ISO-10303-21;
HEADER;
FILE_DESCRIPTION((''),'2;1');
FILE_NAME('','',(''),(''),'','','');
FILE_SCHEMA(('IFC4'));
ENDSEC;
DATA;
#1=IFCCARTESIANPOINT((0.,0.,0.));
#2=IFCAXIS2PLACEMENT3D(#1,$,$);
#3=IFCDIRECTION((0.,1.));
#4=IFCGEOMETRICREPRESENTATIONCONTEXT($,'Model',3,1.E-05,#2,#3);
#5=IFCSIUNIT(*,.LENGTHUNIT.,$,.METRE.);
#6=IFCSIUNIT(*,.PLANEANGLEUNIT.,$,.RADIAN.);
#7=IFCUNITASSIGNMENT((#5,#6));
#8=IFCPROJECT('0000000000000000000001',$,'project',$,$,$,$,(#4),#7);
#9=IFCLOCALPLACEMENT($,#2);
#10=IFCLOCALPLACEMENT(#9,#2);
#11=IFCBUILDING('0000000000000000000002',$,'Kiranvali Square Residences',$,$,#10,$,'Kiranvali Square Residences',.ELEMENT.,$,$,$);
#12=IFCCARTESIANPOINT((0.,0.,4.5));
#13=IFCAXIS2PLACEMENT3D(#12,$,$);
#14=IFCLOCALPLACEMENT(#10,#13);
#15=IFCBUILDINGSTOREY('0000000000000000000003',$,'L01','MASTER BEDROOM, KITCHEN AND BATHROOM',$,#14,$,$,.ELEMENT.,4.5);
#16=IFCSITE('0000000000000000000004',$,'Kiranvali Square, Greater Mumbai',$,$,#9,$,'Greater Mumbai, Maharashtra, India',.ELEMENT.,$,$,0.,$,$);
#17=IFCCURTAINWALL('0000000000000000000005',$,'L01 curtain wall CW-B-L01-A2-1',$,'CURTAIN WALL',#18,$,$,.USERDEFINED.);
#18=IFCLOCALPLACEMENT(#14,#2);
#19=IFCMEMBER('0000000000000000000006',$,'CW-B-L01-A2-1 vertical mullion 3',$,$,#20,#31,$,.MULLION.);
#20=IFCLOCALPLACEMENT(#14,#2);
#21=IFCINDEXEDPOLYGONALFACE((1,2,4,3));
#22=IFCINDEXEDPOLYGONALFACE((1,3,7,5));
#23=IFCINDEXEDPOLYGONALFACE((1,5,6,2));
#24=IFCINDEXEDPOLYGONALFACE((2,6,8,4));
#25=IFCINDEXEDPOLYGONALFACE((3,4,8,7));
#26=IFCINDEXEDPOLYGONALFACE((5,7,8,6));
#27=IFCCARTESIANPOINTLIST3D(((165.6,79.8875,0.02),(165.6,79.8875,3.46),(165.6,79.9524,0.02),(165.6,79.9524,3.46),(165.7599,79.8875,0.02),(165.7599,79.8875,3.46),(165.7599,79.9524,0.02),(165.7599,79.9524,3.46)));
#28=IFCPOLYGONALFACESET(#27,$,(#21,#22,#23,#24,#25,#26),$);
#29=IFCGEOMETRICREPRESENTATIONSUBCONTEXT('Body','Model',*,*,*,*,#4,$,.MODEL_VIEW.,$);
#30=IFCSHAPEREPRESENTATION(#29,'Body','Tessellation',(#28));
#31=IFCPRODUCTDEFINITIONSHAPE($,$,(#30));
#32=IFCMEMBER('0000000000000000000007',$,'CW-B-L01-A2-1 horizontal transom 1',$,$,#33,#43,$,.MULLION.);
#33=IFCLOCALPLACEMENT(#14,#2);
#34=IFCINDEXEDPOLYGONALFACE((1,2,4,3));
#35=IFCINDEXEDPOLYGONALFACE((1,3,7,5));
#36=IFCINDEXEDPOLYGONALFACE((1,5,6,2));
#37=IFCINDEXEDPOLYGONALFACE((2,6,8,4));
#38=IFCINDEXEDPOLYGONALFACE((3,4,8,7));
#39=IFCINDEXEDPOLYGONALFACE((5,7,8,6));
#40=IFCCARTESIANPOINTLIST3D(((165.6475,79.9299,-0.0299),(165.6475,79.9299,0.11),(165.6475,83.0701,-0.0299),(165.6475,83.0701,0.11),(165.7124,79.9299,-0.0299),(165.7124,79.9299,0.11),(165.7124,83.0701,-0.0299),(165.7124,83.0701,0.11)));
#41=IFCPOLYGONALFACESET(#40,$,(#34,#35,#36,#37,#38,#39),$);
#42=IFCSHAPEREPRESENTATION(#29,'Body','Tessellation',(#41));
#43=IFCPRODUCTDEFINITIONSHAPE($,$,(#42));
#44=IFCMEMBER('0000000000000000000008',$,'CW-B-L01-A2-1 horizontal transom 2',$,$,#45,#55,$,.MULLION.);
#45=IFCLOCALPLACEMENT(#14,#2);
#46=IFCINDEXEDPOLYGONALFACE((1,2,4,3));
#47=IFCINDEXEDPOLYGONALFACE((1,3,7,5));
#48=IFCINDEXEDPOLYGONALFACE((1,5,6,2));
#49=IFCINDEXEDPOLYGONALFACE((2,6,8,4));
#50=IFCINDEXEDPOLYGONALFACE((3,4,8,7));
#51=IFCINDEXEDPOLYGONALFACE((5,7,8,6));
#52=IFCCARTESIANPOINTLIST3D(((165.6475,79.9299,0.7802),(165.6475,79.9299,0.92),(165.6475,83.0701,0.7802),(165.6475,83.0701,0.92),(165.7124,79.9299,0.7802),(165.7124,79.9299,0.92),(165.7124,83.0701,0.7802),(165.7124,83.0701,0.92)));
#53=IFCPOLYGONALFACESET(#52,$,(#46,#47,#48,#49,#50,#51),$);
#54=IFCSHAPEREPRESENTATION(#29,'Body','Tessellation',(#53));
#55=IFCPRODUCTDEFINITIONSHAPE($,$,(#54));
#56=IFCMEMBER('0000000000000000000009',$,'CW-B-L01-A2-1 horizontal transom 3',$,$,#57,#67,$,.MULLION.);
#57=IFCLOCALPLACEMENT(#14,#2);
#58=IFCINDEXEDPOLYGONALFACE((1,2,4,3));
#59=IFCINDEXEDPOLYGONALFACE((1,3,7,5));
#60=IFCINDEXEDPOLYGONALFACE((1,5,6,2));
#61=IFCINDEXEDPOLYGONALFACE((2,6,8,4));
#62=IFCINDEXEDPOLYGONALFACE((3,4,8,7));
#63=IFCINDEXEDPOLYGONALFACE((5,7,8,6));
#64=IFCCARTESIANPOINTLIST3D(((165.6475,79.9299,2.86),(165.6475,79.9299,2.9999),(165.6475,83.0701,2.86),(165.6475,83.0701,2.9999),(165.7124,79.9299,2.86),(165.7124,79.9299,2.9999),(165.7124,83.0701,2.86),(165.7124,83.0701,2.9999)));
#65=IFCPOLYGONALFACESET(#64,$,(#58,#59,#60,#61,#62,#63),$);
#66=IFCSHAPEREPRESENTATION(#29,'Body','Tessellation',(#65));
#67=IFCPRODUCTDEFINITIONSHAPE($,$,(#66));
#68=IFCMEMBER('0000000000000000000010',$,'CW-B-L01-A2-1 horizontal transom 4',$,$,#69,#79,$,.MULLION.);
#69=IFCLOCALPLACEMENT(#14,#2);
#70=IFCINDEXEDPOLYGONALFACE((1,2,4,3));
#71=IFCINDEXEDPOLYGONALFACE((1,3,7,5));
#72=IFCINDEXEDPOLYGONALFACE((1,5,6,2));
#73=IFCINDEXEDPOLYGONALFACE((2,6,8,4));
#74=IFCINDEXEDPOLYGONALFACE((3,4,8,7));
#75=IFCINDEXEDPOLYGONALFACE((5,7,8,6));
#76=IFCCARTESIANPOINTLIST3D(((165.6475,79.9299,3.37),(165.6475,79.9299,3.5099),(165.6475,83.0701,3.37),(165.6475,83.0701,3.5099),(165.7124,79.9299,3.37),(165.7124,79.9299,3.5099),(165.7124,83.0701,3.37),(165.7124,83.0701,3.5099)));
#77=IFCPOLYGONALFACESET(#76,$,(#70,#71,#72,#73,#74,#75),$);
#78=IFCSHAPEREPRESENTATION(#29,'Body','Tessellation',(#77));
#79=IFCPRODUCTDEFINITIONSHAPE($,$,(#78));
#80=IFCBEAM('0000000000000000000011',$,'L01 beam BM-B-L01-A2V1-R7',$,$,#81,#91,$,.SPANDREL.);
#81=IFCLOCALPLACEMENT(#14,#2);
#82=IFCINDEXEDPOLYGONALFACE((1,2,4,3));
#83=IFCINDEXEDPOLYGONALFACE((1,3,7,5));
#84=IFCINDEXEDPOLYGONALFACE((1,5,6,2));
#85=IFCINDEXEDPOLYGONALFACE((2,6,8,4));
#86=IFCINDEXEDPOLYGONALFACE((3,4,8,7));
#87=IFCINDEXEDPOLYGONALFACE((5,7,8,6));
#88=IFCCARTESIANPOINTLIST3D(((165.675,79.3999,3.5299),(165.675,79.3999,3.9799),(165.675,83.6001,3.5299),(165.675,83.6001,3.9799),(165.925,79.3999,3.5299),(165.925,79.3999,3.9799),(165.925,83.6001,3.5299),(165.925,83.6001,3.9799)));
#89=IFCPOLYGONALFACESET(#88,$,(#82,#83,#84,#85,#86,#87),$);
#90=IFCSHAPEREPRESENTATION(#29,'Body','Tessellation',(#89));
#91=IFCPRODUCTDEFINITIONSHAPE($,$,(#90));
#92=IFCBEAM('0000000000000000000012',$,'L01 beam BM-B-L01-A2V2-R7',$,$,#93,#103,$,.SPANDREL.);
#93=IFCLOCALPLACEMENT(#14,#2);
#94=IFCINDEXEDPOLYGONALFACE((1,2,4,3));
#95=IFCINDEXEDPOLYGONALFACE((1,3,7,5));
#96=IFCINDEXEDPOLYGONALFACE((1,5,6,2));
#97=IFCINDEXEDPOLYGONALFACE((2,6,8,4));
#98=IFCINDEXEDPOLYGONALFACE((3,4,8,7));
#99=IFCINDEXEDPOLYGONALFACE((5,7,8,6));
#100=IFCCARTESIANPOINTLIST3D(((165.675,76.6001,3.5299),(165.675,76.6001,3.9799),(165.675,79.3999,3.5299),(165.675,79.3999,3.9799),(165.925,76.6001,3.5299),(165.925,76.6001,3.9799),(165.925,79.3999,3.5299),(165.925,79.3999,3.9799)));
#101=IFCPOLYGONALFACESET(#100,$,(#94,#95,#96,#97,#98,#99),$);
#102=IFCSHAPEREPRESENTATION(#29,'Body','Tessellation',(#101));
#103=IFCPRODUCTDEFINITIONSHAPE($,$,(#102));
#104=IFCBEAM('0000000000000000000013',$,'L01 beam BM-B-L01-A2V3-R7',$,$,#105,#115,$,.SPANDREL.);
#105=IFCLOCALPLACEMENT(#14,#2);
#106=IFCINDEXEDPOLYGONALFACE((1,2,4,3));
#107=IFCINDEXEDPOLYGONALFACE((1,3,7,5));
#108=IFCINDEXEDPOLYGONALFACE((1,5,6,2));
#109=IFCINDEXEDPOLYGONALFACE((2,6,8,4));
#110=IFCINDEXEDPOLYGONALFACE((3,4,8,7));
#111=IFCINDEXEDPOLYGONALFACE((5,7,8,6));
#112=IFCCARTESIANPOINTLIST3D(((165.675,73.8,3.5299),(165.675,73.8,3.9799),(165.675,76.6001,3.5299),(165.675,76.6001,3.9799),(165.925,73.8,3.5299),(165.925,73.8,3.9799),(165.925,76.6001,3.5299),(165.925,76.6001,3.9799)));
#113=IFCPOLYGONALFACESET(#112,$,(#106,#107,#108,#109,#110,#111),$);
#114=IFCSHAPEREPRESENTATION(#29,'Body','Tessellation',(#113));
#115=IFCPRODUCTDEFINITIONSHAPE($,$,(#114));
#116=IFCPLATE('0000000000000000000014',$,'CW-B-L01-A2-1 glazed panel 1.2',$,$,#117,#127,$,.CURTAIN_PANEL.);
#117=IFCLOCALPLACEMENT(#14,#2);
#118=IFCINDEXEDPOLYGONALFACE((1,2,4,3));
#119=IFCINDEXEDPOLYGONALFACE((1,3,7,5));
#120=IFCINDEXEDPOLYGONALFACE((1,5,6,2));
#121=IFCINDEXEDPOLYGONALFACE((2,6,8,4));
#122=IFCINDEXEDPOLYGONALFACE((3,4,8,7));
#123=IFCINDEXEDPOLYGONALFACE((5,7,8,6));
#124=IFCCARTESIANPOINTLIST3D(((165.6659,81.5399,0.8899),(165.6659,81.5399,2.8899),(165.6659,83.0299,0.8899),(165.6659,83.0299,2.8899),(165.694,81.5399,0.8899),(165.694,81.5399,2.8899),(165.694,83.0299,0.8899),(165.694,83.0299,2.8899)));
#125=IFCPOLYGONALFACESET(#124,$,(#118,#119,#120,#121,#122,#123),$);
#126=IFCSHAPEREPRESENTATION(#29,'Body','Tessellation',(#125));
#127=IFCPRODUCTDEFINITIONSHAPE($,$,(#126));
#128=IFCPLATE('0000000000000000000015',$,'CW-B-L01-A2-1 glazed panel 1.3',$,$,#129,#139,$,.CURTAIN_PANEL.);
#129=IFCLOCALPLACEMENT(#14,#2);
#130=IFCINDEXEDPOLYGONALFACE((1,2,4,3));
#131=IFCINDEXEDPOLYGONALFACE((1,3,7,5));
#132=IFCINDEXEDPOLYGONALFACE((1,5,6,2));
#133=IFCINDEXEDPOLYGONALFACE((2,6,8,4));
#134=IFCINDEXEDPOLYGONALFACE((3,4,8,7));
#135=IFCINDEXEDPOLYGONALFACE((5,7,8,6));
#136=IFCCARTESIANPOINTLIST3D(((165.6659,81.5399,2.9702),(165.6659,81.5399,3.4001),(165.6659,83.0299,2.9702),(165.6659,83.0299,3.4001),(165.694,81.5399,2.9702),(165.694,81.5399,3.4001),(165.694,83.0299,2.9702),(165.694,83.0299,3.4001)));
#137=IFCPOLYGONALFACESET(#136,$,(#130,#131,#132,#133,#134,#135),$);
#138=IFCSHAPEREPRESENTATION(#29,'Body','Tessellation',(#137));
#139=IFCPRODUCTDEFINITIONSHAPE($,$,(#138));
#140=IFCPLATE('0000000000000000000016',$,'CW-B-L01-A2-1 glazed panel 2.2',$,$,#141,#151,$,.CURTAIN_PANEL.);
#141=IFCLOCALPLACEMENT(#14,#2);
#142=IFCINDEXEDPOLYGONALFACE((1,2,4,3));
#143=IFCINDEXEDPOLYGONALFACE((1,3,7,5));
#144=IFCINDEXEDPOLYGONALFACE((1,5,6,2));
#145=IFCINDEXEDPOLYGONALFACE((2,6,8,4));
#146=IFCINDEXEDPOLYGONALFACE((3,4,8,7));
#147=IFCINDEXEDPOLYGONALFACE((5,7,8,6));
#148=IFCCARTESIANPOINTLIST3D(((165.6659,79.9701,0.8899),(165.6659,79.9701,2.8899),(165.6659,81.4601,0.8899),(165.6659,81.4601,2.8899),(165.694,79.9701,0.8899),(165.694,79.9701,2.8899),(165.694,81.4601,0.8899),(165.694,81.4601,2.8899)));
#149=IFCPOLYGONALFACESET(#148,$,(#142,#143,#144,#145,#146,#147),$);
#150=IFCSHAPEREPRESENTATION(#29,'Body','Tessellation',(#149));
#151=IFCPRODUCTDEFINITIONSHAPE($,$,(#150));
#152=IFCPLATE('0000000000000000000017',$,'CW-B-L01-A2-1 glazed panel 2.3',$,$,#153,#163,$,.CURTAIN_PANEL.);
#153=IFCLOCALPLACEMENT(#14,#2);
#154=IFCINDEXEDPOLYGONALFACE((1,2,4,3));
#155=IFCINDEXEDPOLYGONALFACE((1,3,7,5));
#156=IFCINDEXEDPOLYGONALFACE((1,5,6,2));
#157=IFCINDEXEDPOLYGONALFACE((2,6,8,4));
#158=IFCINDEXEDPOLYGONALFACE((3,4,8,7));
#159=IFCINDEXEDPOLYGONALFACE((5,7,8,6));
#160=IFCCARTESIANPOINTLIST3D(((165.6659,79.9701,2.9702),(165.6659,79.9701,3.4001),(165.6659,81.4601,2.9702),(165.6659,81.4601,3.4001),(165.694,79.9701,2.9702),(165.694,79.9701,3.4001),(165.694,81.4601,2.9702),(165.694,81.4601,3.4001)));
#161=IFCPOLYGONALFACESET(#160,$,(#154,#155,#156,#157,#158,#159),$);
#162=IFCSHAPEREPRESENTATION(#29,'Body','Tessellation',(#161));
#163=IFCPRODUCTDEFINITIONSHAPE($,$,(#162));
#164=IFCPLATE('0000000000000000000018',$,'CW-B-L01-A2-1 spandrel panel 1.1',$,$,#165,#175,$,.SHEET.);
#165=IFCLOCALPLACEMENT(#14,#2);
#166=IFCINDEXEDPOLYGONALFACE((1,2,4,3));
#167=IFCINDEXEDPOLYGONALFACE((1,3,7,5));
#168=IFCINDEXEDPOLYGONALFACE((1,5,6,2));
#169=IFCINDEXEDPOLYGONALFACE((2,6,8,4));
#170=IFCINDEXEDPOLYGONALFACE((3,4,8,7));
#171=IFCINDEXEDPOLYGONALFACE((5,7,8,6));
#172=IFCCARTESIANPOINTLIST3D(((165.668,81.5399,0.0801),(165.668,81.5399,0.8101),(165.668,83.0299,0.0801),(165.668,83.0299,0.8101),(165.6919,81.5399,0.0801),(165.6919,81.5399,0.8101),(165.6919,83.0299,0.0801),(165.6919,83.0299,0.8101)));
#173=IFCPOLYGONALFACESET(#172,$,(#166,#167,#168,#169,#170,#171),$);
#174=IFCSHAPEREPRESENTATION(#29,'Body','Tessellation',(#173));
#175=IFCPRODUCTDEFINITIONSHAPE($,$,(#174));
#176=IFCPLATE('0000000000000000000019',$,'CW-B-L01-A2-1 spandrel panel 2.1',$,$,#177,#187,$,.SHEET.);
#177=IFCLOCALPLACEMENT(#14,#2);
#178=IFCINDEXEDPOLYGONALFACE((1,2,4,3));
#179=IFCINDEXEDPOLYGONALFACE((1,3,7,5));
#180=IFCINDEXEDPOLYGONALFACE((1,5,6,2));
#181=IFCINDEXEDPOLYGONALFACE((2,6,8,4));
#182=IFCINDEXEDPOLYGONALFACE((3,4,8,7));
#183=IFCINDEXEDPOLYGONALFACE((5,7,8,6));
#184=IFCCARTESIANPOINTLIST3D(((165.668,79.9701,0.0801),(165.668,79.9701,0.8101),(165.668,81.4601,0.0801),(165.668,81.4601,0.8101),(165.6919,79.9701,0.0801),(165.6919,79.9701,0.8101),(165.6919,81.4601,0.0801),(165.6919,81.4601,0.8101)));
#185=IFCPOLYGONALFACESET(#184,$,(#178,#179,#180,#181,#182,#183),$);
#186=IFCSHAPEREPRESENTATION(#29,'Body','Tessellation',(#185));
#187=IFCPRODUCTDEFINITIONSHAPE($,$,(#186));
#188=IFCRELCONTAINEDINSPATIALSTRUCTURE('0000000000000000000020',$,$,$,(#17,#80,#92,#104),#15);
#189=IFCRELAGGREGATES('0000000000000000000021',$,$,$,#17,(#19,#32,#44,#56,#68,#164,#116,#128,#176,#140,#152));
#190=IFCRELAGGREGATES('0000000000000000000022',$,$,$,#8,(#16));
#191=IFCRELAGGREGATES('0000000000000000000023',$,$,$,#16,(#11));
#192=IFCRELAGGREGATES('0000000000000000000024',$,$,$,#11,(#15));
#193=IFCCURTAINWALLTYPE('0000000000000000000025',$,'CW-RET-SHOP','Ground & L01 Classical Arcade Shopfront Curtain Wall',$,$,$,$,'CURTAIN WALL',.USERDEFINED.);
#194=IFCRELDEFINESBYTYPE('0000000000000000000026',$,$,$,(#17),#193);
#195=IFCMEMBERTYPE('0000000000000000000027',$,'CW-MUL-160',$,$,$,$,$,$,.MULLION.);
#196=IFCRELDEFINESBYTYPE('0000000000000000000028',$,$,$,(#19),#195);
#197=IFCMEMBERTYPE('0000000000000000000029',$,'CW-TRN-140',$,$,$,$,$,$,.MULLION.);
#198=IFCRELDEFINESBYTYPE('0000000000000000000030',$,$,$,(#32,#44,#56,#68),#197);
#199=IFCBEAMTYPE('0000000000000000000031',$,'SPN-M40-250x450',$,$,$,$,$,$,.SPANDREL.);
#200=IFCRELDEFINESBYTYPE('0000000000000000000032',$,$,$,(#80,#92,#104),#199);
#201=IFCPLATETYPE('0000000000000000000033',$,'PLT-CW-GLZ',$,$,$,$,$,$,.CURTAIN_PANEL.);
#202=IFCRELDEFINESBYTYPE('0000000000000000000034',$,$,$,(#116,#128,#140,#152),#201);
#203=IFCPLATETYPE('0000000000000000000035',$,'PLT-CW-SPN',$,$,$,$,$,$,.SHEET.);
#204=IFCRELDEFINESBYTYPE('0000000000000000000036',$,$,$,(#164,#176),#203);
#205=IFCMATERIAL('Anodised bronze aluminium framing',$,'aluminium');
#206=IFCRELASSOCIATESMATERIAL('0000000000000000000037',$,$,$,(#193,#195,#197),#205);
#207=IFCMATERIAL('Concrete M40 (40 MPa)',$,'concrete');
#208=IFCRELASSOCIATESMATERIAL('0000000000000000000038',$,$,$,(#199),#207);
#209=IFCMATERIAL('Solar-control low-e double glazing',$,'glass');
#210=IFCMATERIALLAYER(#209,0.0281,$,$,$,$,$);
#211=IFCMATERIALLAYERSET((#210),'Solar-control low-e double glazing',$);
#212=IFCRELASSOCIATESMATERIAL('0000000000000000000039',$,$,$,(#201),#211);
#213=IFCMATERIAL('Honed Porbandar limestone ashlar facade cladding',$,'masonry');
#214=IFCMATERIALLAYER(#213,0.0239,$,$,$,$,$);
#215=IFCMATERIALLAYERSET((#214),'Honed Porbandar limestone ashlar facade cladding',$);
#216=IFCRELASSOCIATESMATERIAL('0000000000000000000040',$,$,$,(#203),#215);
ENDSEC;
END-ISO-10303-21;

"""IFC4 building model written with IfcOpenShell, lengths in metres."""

from ifc_helpers import new_model, si_unit, direction, frame, origin, origin_2d, place, context, subcontext, project, spatial, rectangle, extrude, material, layer, layer_set, material_profile, profile_set, type_object, element, aggregate, save


model = new_model("IFC4")

# Units and contexts
model_context = context("Model", 3, precision=1e-05, world=origin(), true_north=direction((0.0, 1.0)))
body_context = subcontext(model_context, "Body", "Model", "MODEL_VIEW")
ifc_project = project(units=[si_unit("LENGTHUNIT", "METRE"), si_unit("PLANEANGLEUNIT", "RADIAN")], contexts=[model_context])

# Site, building, storey
site_placement = place(None, origin())
site = spatial("IfcSite", under=ifc_project, at=site_placement, Name="Kiranvali Square, Greater Mumbai", LongName="Greater Mumbai, Maharashtra, India", CompositionType="ELEMENT", RefElevation=0.0)
building_placement = place(site_placement, origin())
building = spatial("IfcBuilding", under=site, at=building_placement, Name="Kiranvali Square Residences", LongName="Kiranvali Square Residences", CompositionType="ELEMENT")
storey_placement = place(building_placement, frame((0.0, 0.0, 4.5)))
storey = spatial("IfcBuildingStorey", under=building, at=storey_placement, Name="L01", Description="MASTER BEDROOM, KITCHEN AND BATHROOM", CompositionType="ELEMENT", Elevation=4.5)

# Shared definitions
ifc_material_1 = material(Name="Concrete M40 (40 MPa)", Category="concrete")

# Curtain wall, members
ifc_material_2 = material(Name="Anodised bronze aluminium framing", Category="aluminium")
curtain_wall_type = type_object("IfcCurtainWallType", Name="CW-RET-SHOP", Description="Ground & L01 Classical Arcade Shopfront Curtain Wall", ElementType="CURTAIN WALL", PredefinedType="USERDEFINED", material=ifc_material_2)
curtain_wall_placement = place(storey_placement, origin())
curtain_wall = element("IfcCurtainWall", 1, at=curtain_wall_placement, inside=storey, type_object=curtain_wall_type, Name="L01 curtain wall CW-B-L01-A2-1", ObjectType="CURTAIN WALL", PredefinedType="USERDEFINED")
ifc_material_profile_1 = material_profile(ifc_material_2, rectangle(XDim=0.0649, YDim=0.1599, at=origin_2d()), Name="ALU 65x160")
ifc_profile_set_1 = profile_set([ifc_material_profile_1], Name="Anodised bronze aluminium framing")
member_type_1 = type_object("IfcMemberType", Name="CW-MUL-160", PredefinedType="MULLION", material=ifc_profile_set_1)
member_1_placement = place(storey_placement, frame((165.6799, 79.9199, 0.02), z_axis=(0.0, 0.0, 1.0), x_axis=(0.0, -1.0, 0.0)))
member_1 = element("IfcMember", 2, at=member_1_placement, type_object=member_type_1, Name="CW-B-L01-A2-1 vertical mullion 3", PredefinedType="MULLION", context=body_context, shape_type="SweptSolid", body=[
    extrude(rectangle(XDim=0.0649, YDim=0.1599, at=origin_2d()), origin(), (0.0, 0.0, 1.0), 3.4399),
])
ifc_material_profile_2 = material_profile(ifc_material_2, rectangle(XDim=0.0649, YDim=0.1399, at=origin_2d()), Name="ALU 65x140")
ifc_profile_set_2 = profile_set([ifc_material_profile_2], Name="Anodised bronze aluminium framing")
member_type_2 = type_object("IfcMemberType", Name="CW-TRN-140", PredefinedType="MULLION", material=ifc_profile_set_2)
member_2_placement = place(storey_placement, frame((165.6799, 83.0701, 0.04), z_axis=(0.0, -1.0, 0.0), x_axis=(1.0, 0.0, 0.0)))
member_2 = element("IfcMember", 3, at=member_2_placement, type_object=member_type_2, Name="CW-B-L01-A2-1 horizontal transom 1", PredefinedType="MULLION", context=body_context, shape_type="SweptSolid", body=[
    extrude(rectangle(XDim=0.0649, YDim=0.1399, at=origin_2d()), origin(), (0.0, 0.0, 1.0), 3.1401),
])
member_3_placement = place(storey_placement, frame((165.6799, 83.0701, 0.8501), z_axis=(0.0, -1.0, 0.0), x_axis=(1.0, 0.0, 0.0)))
member_3 = element("IfcMember", 4, at=member_3_placement, type_object=member_type_2, Name="CW-B-L01-A2-1 horizontal transom 2", PredefinedType="MULLION", context=body_context, shape_type="SweptSolid", body=[
    extrude(rectangle(XDim=0.0649, YDim=0.1399, at=origin_2d()), origin(), (0.0, 0.0, 1.0), 3.1401),
])
member_4_placement = place(storey_placement, frame((165.6799, 83.0701, 2.9299), z_axis=(0.0, -1.0, 0.0), x_axis=(1.0, 0.0, 0.0)))
member_4 = element("IfcMember", 5, at=member_4_placement, type_object=member_type_2, Name="CW-B-L01-A2-1 horizontal transom 3", PredefinedType="MULLION", context=body_context, shape_type="SweptSolid", body=[
    extrude(rectangle(XDim=0.0649, YDim=0.1399, at=origin_2d()), origin(), (0.0, 0.0, 1.0), 3.1401),
])
member_5_placement = place(storey_placement, frame((165.6799, 83.0701, 3.4399), z_axis=(0.0, -1.0, 0.0), x_axis=(1.0, 0.0, 0.0)))
member_5 = element("IfcMember", 6, at=member_5_placement, type_object=member_type_2, Name="CW-B-L01-A2-1 horizontal transom 4", PredefinedType="MULLION", context=body_context, shape_type="SweptSolid", body=[
    extrude(rectangle(XDim=0.0649, YDim=0.1399, at=origin_2d()), origin(), (0.0, 0.0, 1.0), 3.1401),
])

# Beams
ifc_material_profile_3 = material_profile(ifc_material_1, rectangle(XDim=0.25, YDim=0.45, at=origin_2d()), Name="RC 250x450")
ifc_profile_set_3 = profile_set([ifc_material_profile_3], Name="Concrete M40 (40 MPa)")
beam_type_1 = type_object("IfcBeamType", Name="SPN-M40-250x450", PredefinedType="SPANDREL", material=ifc_profile_set_3)
beam_1_placement = place(storey_placement, frame((165.8, 83.6001, 3.7549), z_axis=(0.0, -1.0, 0.0), x_axis=(1.0, 0.0, 0.0)))
element("IfcBeam", 7, at=beam_1_placement, inside=storey, type_object=beam_type_1, Name="L01 beam BM-B-L01-A2V1-R7", PredefinedType="SPANDREL", context=body_context, shape_type="SweptSolid", body=[
    extrude(rectangle(XDim=0.25, YDim=0.45, at=origin_2d()), origin(), (0.0, 0.0, 1.0), 4.2002),
])
beam_2_placement = place(storey_placement, frame((165.8, 79.3999, 3.7549), z_axis=(0.0, -1.0, 0.0), x_axis=(1.0, 0.0, 0.0)))
element("IfcBeam", 8, at=beam_2_placement, inside=storey, type_object=beam_type_1, Name="L01 beam BM-B-L01-A2V2-R7", PredefinedType="SPANDREL", context=body_context, shape_type="SweptSolid", body=[
    extrude(rectangle(XDim=0.25, YDim=0.45, at=origin_2d()), origin(), (0.0, 0.0, 1.0), 2.7998),
])
beam_3_placement = place(storey_placement, frame((165.8, 76.6001, 3.7549), z_axis=(0.0, -1.0, 0.0), x_axis=(1.0, 0.0, 0.0)))
element("IfcBeam", 9, at=beam_3_placement, inside=storey, type_object=beam_type_1, Name="L01 beam BM-B-L01-A2V3-R7", PredefinedType="SPANDREL", context=body_context, shape_type="SweptSolid", body=[
    extrude(rectangle(XDim=0.25, YDim=0.45, at=origin_2d()), origin(), (0.0, 0.0, 1.0), 2.8),
])

# Plates
ifc_material_3 = material(Name="Solar-control low-e double glazing", Category="glass")
ifc_layer_1 = layer(ifc_material_3, 0.0281)
ifc_layer_set_1 = layer_set([ifc_layer_1], Name="Solar-control low-e double glazing")
plate_type_1 = type_object("IfcPlateType", Name="PLT-CW-GLZ", PredefinedType="CURTAIN_PANEL", material=ifc_layer_set_1)
plate_1_placement = place(storey_placement, frame((165.6799, 82.2849, 0.8899), z_axis=(0.0, 0.0, 1.0), x_axis=(0.0, -1.0, 0.0)))
plate_1 = element("IfcPlate", 10, at=plate_1_placement, type_object=plate_type_1, Name="CW-B-L01-A2-1 glazed panel 1.2", PredefinedType="CURTAIN_PANEL", context=body_context, shape_type="SweptSolid", body=[
    extrude(rectangle(XDim=1.49, YDim=0.0281, at=origin_2d()), origin(), (0.0, 0.0, 1.0), 2.0),
])
plate_2_placement = place(storey_placement, frame((165.6799, 82.2849, 2.9702), z_axis=(0.0, 0.0, 1.0), x_axis=(0.0, -1.0, 0.0)))
plate_2 = element("IfcPlate", 11, at=plate_2_placement, type_object=plate_type_1, Name="CW-B-L01-A2-1 glazed panel 1.3", PredefinedType="CURTAIN_PANEL", context=body_context, shape_type="SweptSolid", body=[
    extrude(rectangle(XDim=1.49, YDim=0.0281, at=origin_2d()), origin(), (0.0, 0.0, 1.0), 0.4299),
])
plate_3_placement = place(storey_placement, frame((165.6799, 80.7151, 0.8899), z_axis=(0.0, 0.0, 1.0), x_axis=(0.0, -1.0, 0.0)))
plate_3 = element("IfcPlate", 12, at=plate_3_placement, type_object=plate_type_1, Name="CW-B-L01-A2-1 glazed panel 2.2", PredefinedType="CURTAIN_PANEL", context=body_context, shape_type="SweptSolid", body=[
    extrude(rectangle(XDim=1.49, YDim=0.0281, at=origin_2d()), origin(), (0.0, 0.0, 1.0), 2.0),
])
plate_4_placement = place(storey_placement, frame((165.6799, 80.7151, 2.9702), z_axis=(0.0, 0.0, 1.0), x_axis=(0.0, -1.0, 0.0)))
plate_4 = element("IfcPlate", 13, at=plate_4_placement, type_object=plate_type_1, Name="CW-B-L01-A2-1 glazed panel 2.3", PredefinedType="CURTAIN_PANEL", context=body_context, shape_type="SweptSolid", body=[
    extrude(rectangle(XDim=1.49, YDim=0.0281, at=origin_2d()), origin(), (0.0, 0.0, 1.0), 0.4299),
])
ifc_material_4 = material(Name="Honed Porbandar limestone ashlar facade cladding", Category="masonry")
ifc_layer_2 = layer(ifc_material_4, 0.0239)
ifc_layer_set_2 = layer_set([ifc_layer_2], Name="Honed Porbandar limestone ashlar facade cladding")
plate_type_2 = type_object("IfcPlateType", Name="PLT-CW-SPN", PredefinedType="SHEET", material=ifc_layer_set_2)
plate_5_placement = place(storey_placement, frame((165.6799, 82.2849, 0.0801), z_axis=(0.0, 0.0, 1.0), x_axis=(0.0, -1.0, 0.0)))
plate_5 = element("IfcPlate", 14, at=plate_5_placement, type_object=plate_type_2, Name="CW-B-L01-A2-1 spandrel panel 1.1", PredefinedType="SHEET", context=body_context, shape_type="SweptSolid", body=[
    extrude(rectangle(XDim=1.49, YDim=0.0239, at=origin_2d()), origin(), (0.0, 0.0, 1.0), 0.73),
])
plate_6_placement = place(storey_placement, frame((165.6799, 80.7151, 0.0801), z_axis=(0.0, 0.0, 1.0), x_axis=(0.0, -1.0, 0.0)))
plate_6 = element("IfcPlate", 15, at=plate_6_placement, type_object=plate_type_2, Name="CW-B-L01-A2-1 spandrel panel 2.1", PredefinedType="SHEET", context=body_context, shape_type="SweptSolid", body=[
    extrude(rectangle(XDim=1.49, YDim=0.0239, at=origin_2d()), origin(), (0.0, 0.0, 1.0), 0.73),
])
aggregate(curtain_wall, [member_1, member_2, member_3, member_4, member_5, plate_5, plate_1, plate_2, plate_6, plate_3, plate_4])

save(model, "model.ifc")
